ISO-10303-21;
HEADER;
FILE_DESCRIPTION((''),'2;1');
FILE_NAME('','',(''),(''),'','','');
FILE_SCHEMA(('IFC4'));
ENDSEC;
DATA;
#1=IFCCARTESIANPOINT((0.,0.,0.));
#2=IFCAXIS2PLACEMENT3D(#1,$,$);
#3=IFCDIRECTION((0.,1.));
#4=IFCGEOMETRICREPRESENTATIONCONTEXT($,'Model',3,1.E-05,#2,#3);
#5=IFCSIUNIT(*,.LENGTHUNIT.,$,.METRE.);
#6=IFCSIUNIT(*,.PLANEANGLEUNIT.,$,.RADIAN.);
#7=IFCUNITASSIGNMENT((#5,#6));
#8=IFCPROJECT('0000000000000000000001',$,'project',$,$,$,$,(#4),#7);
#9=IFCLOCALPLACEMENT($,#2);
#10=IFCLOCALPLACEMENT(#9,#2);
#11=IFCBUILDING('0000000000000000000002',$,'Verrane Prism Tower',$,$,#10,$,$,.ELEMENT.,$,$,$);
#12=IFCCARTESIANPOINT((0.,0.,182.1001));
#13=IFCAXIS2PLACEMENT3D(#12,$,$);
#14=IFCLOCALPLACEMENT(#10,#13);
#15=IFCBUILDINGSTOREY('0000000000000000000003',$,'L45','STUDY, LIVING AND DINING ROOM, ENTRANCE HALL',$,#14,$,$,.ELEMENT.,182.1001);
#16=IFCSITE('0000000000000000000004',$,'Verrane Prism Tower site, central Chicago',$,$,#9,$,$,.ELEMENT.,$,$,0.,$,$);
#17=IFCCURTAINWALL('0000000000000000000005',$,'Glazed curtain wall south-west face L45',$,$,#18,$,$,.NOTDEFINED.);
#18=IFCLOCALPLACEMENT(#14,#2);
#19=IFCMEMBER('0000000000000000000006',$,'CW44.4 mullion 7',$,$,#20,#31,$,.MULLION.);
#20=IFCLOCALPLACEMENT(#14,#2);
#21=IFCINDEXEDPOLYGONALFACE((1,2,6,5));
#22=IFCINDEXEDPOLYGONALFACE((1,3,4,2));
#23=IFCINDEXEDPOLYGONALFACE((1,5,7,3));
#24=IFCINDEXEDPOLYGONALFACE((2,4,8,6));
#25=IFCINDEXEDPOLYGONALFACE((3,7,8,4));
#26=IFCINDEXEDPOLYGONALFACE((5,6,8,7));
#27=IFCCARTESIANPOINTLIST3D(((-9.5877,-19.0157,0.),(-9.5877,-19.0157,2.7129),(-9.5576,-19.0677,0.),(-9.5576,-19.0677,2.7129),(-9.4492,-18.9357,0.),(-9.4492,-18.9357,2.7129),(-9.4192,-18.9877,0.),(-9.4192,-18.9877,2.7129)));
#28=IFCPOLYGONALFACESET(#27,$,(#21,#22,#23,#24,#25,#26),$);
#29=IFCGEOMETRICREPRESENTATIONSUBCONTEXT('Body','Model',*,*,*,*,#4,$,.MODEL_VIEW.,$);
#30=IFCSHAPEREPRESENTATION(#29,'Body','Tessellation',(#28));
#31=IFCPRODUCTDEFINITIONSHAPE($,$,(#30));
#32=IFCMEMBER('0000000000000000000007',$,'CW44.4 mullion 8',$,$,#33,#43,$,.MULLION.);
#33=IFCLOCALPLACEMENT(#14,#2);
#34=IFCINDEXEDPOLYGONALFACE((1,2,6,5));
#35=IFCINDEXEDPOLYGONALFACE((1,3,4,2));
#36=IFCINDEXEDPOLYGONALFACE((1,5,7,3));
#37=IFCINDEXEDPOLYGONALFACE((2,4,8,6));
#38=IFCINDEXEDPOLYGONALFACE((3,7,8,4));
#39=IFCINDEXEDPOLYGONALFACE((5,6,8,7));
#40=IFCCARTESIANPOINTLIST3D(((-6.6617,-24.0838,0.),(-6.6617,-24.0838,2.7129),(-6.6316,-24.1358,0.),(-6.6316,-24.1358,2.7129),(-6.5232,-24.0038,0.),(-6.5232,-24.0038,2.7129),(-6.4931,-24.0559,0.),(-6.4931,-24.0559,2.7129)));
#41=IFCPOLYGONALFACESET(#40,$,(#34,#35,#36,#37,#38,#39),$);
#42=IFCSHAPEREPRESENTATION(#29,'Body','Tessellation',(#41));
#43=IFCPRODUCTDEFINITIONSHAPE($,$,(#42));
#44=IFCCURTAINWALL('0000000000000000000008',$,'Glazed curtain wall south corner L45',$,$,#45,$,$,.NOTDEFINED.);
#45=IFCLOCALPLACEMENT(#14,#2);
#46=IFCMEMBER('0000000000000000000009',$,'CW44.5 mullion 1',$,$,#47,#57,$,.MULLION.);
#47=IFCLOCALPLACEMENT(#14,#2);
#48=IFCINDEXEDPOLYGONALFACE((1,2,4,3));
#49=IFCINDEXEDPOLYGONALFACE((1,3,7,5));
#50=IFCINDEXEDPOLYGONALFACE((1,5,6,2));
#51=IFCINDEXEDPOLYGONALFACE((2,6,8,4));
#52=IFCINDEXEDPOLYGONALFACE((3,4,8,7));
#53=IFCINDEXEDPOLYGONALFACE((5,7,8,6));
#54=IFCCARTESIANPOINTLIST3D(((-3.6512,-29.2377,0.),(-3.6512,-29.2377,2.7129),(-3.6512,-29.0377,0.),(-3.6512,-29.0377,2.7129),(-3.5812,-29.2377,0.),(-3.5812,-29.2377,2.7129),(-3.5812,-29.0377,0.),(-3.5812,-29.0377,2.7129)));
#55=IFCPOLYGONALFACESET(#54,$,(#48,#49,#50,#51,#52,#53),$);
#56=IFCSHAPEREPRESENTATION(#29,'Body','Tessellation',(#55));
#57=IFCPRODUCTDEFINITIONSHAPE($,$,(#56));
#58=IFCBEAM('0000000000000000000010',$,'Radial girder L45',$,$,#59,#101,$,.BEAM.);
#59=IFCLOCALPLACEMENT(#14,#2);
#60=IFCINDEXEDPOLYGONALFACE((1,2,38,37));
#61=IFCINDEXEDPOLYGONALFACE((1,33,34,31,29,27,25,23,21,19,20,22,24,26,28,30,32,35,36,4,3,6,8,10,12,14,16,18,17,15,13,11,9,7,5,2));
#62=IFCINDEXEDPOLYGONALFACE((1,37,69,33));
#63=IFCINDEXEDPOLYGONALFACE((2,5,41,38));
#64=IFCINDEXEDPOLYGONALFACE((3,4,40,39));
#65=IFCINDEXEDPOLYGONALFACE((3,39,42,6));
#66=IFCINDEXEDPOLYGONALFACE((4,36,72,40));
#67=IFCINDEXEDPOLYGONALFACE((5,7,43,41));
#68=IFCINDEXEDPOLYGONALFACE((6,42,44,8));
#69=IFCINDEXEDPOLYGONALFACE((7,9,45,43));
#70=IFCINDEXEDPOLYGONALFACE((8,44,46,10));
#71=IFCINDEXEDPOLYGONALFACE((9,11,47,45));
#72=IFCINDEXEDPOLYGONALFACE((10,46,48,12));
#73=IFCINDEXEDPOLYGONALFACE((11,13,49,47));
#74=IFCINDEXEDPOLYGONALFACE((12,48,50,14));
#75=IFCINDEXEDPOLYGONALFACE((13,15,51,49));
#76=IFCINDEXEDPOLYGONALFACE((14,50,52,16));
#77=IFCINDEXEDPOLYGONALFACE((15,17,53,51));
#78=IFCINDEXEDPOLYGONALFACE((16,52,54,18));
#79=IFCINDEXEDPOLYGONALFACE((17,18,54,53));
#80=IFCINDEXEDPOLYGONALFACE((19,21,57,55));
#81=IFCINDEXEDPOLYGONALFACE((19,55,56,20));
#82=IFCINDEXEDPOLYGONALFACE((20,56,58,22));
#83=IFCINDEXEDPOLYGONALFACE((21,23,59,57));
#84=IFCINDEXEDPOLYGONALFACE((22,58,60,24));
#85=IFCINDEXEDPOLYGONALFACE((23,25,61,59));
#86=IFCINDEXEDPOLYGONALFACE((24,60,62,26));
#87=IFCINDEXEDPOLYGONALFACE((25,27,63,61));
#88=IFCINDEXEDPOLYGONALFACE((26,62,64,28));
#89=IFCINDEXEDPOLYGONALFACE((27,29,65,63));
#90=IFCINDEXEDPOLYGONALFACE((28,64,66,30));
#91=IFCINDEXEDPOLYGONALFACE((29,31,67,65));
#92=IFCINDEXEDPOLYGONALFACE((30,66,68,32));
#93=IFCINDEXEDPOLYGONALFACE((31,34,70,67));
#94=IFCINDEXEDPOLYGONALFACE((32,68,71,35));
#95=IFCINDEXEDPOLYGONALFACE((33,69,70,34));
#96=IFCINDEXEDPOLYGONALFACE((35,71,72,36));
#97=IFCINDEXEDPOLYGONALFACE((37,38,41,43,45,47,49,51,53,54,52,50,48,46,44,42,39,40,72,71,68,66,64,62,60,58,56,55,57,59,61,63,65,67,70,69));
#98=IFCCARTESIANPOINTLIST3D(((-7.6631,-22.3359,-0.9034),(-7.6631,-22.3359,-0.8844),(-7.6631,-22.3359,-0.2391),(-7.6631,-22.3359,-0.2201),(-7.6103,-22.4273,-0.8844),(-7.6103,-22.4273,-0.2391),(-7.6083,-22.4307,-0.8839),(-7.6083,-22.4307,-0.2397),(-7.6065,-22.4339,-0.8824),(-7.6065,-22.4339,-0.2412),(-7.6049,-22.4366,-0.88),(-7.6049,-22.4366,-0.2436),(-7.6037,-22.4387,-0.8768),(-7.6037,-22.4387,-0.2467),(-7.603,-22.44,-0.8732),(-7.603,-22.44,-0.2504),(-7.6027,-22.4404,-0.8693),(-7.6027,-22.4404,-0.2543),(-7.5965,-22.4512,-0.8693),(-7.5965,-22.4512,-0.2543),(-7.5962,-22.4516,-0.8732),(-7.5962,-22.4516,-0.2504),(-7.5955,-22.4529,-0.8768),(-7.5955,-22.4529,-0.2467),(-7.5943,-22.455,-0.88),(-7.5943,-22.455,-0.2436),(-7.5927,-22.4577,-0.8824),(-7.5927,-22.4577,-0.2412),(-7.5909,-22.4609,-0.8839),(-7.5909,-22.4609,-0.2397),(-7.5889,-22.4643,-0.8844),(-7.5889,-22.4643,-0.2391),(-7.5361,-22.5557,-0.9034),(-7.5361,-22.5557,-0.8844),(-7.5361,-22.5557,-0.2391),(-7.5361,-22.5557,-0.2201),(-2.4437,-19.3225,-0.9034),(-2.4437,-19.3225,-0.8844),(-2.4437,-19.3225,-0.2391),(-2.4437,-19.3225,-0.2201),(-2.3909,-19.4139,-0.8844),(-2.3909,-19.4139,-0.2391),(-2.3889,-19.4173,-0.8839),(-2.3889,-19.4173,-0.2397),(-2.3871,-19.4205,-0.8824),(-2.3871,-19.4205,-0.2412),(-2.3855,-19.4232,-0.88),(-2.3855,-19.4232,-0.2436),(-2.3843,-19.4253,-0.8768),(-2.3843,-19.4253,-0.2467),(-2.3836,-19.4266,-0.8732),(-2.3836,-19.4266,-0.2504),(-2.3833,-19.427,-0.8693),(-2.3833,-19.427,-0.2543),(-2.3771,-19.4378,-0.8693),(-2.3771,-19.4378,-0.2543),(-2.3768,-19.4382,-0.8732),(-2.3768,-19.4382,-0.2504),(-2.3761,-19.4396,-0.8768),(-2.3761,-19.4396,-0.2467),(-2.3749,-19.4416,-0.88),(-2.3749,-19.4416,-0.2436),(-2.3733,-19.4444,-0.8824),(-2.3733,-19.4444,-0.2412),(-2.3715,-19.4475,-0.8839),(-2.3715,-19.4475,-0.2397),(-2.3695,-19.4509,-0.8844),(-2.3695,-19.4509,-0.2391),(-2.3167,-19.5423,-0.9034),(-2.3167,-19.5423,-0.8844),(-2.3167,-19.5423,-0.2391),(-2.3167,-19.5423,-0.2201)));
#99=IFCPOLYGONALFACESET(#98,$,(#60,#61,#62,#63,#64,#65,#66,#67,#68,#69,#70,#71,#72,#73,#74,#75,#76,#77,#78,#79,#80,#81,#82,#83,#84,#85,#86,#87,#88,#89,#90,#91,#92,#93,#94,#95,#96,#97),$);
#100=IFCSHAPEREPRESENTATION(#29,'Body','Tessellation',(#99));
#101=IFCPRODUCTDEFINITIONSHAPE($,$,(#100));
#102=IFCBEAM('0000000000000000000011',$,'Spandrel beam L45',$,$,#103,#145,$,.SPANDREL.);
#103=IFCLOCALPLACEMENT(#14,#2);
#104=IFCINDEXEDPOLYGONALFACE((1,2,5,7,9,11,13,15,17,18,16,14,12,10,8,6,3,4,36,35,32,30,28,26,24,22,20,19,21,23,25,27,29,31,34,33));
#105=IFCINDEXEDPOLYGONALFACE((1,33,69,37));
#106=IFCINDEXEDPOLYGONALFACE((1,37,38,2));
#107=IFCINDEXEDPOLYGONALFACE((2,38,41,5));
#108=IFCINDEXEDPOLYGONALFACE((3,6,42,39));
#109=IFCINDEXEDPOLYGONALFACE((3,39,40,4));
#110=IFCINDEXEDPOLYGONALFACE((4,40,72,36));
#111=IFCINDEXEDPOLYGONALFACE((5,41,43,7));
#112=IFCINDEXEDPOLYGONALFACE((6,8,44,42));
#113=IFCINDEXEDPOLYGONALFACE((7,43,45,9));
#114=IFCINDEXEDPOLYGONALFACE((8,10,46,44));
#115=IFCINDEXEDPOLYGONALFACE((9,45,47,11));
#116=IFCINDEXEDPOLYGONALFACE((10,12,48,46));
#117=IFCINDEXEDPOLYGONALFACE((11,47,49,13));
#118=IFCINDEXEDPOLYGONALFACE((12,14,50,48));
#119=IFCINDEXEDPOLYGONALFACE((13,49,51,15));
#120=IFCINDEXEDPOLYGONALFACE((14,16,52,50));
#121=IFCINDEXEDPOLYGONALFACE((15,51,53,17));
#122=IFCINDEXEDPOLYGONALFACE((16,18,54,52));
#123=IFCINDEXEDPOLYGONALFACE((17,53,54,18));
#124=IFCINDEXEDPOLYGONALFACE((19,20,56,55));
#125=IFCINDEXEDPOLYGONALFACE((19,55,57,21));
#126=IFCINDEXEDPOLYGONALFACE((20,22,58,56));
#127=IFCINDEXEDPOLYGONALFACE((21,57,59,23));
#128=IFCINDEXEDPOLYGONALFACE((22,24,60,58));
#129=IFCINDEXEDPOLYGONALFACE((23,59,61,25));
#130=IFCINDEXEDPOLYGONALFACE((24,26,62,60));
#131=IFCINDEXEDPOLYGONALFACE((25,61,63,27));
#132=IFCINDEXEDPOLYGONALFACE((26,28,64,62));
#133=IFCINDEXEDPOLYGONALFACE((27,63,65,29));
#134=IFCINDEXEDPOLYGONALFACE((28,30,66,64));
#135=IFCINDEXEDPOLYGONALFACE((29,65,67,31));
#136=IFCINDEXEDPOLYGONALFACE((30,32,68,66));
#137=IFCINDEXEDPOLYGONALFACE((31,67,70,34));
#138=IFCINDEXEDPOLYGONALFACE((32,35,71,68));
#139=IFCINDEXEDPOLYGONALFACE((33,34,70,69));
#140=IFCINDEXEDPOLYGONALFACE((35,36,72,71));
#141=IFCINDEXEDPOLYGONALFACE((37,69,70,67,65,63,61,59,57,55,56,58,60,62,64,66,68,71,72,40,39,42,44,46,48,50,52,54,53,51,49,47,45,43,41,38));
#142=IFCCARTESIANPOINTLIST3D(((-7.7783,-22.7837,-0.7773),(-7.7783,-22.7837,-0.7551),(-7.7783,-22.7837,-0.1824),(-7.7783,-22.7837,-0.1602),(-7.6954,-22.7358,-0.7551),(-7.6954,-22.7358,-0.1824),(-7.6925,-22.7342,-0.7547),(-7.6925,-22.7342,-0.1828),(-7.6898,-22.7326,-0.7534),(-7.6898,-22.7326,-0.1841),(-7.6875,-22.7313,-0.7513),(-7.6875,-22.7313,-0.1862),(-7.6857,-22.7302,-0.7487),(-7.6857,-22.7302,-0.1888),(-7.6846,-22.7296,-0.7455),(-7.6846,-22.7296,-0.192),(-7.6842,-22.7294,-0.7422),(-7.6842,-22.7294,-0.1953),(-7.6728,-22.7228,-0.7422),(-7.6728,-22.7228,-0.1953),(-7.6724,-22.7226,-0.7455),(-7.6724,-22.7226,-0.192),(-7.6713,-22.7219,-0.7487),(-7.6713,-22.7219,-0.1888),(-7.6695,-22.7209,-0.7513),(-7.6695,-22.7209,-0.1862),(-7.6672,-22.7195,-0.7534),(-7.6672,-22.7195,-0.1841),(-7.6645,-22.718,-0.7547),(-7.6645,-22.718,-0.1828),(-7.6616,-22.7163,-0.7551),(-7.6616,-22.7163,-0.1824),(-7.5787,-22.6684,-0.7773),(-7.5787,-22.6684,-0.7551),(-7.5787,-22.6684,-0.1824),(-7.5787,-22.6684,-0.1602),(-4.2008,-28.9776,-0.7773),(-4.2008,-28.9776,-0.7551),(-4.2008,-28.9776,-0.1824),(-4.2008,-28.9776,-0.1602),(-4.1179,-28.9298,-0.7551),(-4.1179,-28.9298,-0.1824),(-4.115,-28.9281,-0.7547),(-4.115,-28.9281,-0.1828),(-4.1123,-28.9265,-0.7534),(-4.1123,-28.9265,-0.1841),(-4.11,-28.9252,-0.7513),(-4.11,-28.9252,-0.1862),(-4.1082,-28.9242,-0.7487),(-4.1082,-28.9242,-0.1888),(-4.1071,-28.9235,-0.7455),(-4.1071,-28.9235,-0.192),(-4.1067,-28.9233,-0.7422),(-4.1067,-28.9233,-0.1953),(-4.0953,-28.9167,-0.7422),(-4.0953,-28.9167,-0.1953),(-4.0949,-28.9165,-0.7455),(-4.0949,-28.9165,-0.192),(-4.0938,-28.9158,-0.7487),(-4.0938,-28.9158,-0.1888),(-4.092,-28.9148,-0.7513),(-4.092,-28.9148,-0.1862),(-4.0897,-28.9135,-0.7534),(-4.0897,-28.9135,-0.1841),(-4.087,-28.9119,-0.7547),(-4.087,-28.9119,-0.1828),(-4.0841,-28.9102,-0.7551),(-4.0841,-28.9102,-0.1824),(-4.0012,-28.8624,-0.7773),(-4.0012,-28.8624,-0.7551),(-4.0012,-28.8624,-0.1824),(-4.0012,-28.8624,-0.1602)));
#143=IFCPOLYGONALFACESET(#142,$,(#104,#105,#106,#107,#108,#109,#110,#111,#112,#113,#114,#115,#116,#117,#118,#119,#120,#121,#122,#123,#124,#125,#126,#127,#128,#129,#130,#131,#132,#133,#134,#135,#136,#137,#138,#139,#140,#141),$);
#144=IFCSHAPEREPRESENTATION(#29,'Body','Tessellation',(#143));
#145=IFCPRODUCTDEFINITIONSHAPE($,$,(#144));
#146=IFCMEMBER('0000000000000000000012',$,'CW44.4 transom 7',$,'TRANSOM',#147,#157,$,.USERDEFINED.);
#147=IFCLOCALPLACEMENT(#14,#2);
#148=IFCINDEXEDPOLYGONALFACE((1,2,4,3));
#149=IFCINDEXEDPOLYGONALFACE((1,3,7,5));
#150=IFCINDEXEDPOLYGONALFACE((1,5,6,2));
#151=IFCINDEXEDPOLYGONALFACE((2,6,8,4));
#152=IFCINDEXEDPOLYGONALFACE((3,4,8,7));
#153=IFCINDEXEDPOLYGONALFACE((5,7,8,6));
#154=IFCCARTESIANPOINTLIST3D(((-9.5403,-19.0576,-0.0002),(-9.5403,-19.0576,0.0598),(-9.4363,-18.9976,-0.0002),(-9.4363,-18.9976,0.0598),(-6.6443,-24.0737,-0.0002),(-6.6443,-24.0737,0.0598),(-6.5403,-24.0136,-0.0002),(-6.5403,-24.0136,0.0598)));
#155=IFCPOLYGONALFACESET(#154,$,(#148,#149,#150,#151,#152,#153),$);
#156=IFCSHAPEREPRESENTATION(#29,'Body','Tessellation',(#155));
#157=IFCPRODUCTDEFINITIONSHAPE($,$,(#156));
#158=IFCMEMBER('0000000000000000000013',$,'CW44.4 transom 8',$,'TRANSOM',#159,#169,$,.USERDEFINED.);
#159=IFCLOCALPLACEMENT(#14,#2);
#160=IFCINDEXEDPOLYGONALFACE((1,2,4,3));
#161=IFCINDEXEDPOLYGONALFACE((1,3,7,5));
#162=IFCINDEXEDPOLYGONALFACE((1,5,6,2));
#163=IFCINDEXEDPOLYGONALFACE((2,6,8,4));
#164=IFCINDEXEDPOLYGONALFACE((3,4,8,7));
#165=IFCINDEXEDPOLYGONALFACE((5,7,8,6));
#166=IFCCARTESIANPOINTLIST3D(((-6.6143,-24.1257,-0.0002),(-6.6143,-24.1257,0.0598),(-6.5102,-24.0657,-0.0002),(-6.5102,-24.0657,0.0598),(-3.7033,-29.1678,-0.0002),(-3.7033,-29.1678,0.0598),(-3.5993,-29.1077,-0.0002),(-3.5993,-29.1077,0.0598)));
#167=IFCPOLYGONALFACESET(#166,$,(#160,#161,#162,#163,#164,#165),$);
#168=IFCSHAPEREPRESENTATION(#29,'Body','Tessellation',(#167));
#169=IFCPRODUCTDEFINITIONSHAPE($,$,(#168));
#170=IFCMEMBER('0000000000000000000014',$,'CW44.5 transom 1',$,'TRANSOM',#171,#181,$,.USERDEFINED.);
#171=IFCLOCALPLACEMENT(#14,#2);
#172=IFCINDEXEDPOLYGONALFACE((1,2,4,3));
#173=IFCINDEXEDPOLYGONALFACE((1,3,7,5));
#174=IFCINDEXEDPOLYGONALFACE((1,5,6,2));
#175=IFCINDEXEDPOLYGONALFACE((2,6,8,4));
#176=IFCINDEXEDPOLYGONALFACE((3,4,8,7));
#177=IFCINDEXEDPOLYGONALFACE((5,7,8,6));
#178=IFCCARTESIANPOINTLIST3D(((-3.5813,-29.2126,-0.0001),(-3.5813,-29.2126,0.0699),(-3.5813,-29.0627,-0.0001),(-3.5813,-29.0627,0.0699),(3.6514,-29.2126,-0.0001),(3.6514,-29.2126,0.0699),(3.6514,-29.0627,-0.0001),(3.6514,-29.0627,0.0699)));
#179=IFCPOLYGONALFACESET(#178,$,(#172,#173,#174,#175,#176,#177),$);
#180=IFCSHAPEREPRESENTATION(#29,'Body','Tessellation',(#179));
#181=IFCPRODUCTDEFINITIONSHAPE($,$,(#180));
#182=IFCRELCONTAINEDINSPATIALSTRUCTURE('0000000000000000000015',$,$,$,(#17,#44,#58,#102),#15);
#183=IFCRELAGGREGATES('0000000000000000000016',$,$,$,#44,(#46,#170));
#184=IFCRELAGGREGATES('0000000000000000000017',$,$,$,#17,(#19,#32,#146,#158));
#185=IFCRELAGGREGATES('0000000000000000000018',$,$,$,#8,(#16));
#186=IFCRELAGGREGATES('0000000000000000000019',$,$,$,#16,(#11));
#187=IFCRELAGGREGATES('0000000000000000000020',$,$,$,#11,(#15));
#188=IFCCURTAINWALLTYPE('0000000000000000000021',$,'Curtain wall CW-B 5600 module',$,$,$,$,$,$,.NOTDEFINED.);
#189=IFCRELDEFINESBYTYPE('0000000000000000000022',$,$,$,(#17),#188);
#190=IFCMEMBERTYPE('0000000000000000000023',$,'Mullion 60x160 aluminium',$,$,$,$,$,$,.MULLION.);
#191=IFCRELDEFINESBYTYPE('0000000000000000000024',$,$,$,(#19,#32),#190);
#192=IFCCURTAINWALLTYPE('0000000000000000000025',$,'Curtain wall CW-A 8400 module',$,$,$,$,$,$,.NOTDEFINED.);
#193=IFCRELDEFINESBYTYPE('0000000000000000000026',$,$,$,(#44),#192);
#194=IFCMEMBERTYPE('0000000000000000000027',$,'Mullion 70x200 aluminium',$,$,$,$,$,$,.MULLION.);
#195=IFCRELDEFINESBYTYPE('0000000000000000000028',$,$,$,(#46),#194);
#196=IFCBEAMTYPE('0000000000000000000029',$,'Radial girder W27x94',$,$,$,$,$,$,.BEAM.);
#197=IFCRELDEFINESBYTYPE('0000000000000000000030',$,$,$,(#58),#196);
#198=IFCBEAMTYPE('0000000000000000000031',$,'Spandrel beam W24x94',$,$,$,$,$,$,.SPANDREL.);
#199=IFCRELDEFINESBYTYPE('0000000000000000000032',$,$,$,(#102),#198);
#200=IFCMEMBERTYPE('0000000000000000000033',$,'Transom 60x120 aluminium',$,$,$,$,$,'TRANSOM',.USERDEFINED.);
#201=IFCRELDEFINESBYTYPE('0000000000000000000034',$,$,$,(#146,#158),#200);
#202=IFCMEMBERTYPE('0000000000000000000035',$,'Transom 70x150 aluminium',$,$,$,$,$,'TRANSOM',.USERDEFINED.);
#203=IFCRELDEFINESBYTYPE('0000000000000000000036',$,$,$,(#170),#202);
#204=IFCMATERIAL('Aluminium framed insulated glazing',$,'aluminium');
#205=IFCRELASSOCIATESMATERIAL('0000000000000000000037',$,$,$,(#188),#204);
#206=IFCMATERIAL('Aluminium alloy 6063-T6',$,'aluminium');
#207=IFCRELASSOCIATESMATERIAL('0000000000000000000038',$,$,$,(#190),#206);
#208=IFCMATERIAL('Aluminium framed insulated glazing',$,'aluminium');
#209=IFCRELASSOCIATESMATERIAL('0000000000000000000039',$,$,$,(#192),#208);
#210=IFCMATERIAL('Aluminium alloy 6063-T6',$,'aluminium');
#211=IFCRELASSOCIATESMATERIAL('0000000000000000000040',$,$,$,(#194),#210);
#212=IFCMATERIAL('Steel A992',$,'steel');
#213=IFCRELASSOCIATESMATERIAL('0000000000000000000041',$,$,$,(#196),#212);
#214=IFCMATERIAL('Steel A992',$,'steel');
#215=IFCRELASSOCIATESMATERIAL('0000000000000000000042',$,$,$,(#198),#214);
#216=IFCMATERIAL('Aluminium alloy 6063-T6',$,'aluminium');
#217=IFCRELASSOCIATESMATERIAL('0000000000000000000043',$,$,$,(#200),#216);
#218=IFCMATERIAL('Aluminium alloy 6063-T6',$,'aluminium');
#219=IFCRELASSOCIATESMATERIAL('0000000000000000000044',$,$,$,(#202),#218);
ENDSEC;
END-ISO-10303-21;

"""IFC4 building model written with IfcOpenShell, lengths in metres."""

from ifc_helpers import new_model, si_unit, direction, frame, origin, origin_2d, place, context, subcontext, project, spatial, rectangle, i_section, extrude, material, material_profile, profile_set, type_object, element, aggregate, save


model = new_model("IFC4")

# Units and contexts
model_context = context("Model", 3, precision=1e-05, world=origin(), true_north=direction((0.0, 1.0)))
body_context = subcontext(model_context, "Body", "Model", "MODEL_VIEW")
ifc_project = project(units=[si_unit("LENGTHUNIT", "METRE"), si_unit("PLANEANGLEUNIT", "RADIAN")], contexts=[model_context])

# Site, building, storey
site_placement = place(None, origin())
site = spatial("IfcSite", under=ifc_project, at=site_placement, Name="Verrane Prism Tower site, central Chicago", CompositionType="ELEMENT", RefElevation=0.0)
building_placement = place(site_placement, origin())
building = spatial("IfcBuilding", under=site, at=building_placement, Name="Verrane Prism Tower", CompositionType="ELEMENT")
storey_placement = place(building_placement, frame((0.0, 0.0, 182.1001)))
storey = spatial("IfcBuildingStorey", under=building, at=storey_placement, Name="L45", Description="STUDY, LIVING AND DINING ROOM, ENTRANCE HALL", CompositionType="ELEMENT", Elevation=182.1001)

# Curtain wall, members
ifc_material_1 = material(Name="Aluminium framed insulated glazing", Category="aluminium")
curtain_wall_type_1 = type_object("IfcCurtainWallType", Name="Curtain wall CW-B 5600 module", PredefinedType="NOTDEFINED", material=ifc_material_1)
curtain_wall_1_placement = place(storey_placement, origin())
curtain_wall_1 = element("IfcCurtainWall", 1, at=curtain_wall_1_placement, inside=storey, type_object=curtain_wall_type_1, Name="Glazed curtain wall south-west face L45", PredefinedType="NOTDEFINED")
ifc_material_2 = material(Name="Aluminium alloy 6063-T6", Category="aluminium")
ifc_material_profile_1 = material_profile(ifc_material_2, rectangle(XDim=0.1599, YDim=0.0601, at=origin_2d()), Name="Mullion 60x160 aluminium")
ifc_profile_set_1 = profile_set([ifc_material_profile_1], Name="Aluminium alloy 6063-T6")
member_type_1 = type_object("IfcMemberType", Name="Mullion 60x160 aluminium", PredefinedType="MULLION", material=ifc_profile_set_1)
member_1_placement = place(storey_placement, frame((-9.5034, -19.0017, 0.0), z_axis=(0.0, 0.0, 1.0), x_axis=(0.866026, 0.499999, 0.0)))
member_1 = element("IfcMember", 2, at=member_1_placement, type_object=member_type_1, Name="CW44.4 mullion 7", PredefinedType="MULLION", context=body_context, shape_type="SweptSolid", body=[
    extrude(rectangle(XDim=0.1599, YDim=0.0601, at=origin_2d()), origin(), (0.0, 0.0, 1.0), 2.7129),
])
member_2_placement = place(storey_placement, frame((-6.5774, -24.0698, 0.0), z_axis=(0.0, 0.0, 1.0), x_axis=(0.866026, 0.499999, 0.0)))
member_2 = element("IfcMember", 3, at=member_2_placement, type_object=member_type_1, Name="CW44.4 mullion 8", PredefinedType="MULLION", context=body_context, shape_type="SweptSolid", body=[
    extrude(rectangle(XDim=0.1599, YDim=0.0601, at=origin_2d()), origin(), (0.0, 0.0, 1.0), 2.7129),
])

# Curtain wall, member
ifc_material_3 = material(Name="Aluminium framed insulated glazing", Category="aluminium")
curtain_wall_type_2 = type_object("IfcCurtainWallType", Name="Curtain wall CW-A 8400 module", PredefinedType="NOTDEFINED", material=ifc_material_3)
curtain_wall_2_placement = place(storey_placement, origin())
curtain_wall_2 = element("IfcCurtainWall", 4, at=curtain_wall_2_placement, inside=storey, type_object=curtain_wall_type_2, Name="Glazed curtain wall south corner L45", PredefinedType="NOTDEFINED")
ifc_material_4 = material(Name="Aluminium alloy 6063-T6", Category="aluminium")
ifc_material_profile_2 = material_profile(ifc_material_4, rectangle(XDim=0.2, YDim=0.0701, at=origin_2d()), Name="Mullion 70x200 aluminium")
ifc_profile_set_2 = profile_set([ifc_material_profile_2], Name="Aluminium alloy 6063-T6")
member_type_2 = type_object("IfcMemberType", Name="Mullion 70x200 aluminium", PredefinedType="MULLION", material=ifc_profile_set_2)
member_3_placement = place(storey_placement, frame((-3.6162, -29.1377, 0.0), z_axis=(0.0, 0.0, 1.0), x_axis=(0.0, 1.0, 0.0)))
member_3 = element("IfcMember", 5, at=member_3_placement, type_object=member_type_2, Name="CW44.5 mullion 1", PredefinedType="MULLION", context=body_context, shape_type="SweptSolid", body=[
    extrude(rectangle(XDim=0.2, YDim=0.0701, at=origin_2d()), origin(), (0.0, 0.0, 1.0), 2.7129),
])

# Beams
ifc_material_5 = material(Name="Steel A992", Category="steel")
ifc_material_profile_3 = material_profile(ifc_material_5, i_section(OverallWidth=0.2539, OverallDepth=0.6833, WebThickness=0.0125, FlangeThickness=0.019, FilletRadius=0.0151, at=origin_2d()), Name="W27x94")
ifc_profile_set_3 = profile_set([ifc_material_profile_3], Name="Steel A992")
beam_type_1 = type_object("IfcBeamType", Name="Radial girder W27x94", PredefinedType="BEAM", material=ifc_profile_set_3)
beam_1_placement = place(storey_placement, frame((-7.5996, -22.4458, -0.5618), z_axis=(0.866028, 0.499995, 0.0), x_axis=(-0.499995, 0.866028, 0.0)))
element("IfcBeam", 6, at=beam_1_placement, inside=storey, type_object=beam_type_1, Name="Radial girder L45", PredefinedType="BEAM", context=body_context, shape_type="SweptSolid", body=[
    extrude(i_section(OverallWidth=0.2539, OverallDepth=0.6833, WebThickness=0.0125, FlangeThickness=0.019, FilletRadius=0.0151, at=origin_2d()), origin(), (0.0, 0.0, 1.0), 6.0269),
])
ifc_material_6 = material(Name="Steel A992", Category="steel")
ifc_material_profile_4 = material_profile(ifc_material_6, i_section(OverallWidth=0.2305, OverallDepth=0.6172, WebThickness=0.0132, FlangeThickness=0.0222, FilletRadius=0.0129, at=origin_2d()), Name="W24x94")
ifc_profile_set_4 = profile_set([ifc_material_profile_4], Name="Steel A992")
beam_type_2 = type_object("IfcBeamType", Name="Spandrel beam W24x94", PredefinedType="SPANDREL", material=ifc_profile_set_4)
beam_2_placement = place(storey_placement, frame((-7.6785, -22.7261, -0.4688), z_axis=(0.500144, -0.865942, 0.0), x_axis=(0.865942, 0.500144, 0.0)))
element("IfcBeam", 7, at=beam_2_placement, inside=storey, type_object=beam_type_2, Name="Spandrel beam L45", PredefinedType="SPANDREL", context=body_context, shape_type="SweptSolid", body=[
    extrude(i_section(OverallWidth=0.2305, OverallDepth=0.6172, WebThickness=0.0132, FlangeThickness=0.0222, FilletRadius=0.0129, at=origin_2d()), origin(), (0.0, 0.0, 1.0), 7.1528),
])

# Members
ifc_material_7 = material(Name="Aluminium alloy 6063-T6", Category="aluminium")
ifc_material_profile_5 = material_profile(ifc_material_7, rectangle(XDim=0.1201, YDim=0.0601, at=origin_2d()), Name="Transom 60x120 aluminium")
ifc_profile_set_5 = profile_set([ifc_material_profile_5], Name="Aluminium alloy 6063-T6")
member_type_3 = type_object("IfcMemberType", Name="Transom 60x120 aluminium", ElementType="TRANSOM", PredefinedType="USERDEFINED", material=ifc_profile_set_5)
member_4_placement = place(storey_placement, frame((-9.4883, -19.0276, 0.0298), z_axis=(0.499992, -0.86603, 0.0), x_axis=(0.86603, 0.499992, 0.0)))
member_4 = element("IfcMember", 8, at=member_4_placement, type_object=member_type_3, Name="CW44.4 transom 7", ObjectType="TRANSOM", PredefinedType="USERDEFINED", context=body_context, shape_type="SweptSolid", body=[
    extrude(rectangle(XDim=0.1201, YDim=0.0601, at=origin_2d()), origin(), (0.0, 0.0, 1.0), 5.792),
])
member_5_placement = place(storey_placement, frame((-6.5623, -24.0957, 0.0298), z_axis=(0.499986, -0.866033, 0.0), x_axis=(0.866033, 0.499986, 0.0)))
member_5 = element("IfcMember", 9, at=member_5_placement, type_object=member_type_3, Name="CW44.4 transom 8", ObjectType="TRANSOM", PredefinedType="USERDEFINED", context=body_context, shape_type="SweptSolid", body=[
    extrude(rectangle(XDim=0.1201, YDim=0.0601, at=origin_2d()), origin(), (0.0, 0.0, 1.0), 5.822),
])
ifc_material_8 = material(Name="Aluminium alloy 6063-T6", Category="aluminium")
ifc_material_profile_6 = material_profile(ifc_material_8, rectangle(XDim=0.1499, YDim=0.0701, at=origin_2d()), Name="Transom 70x150 aluminium")
ifc_profile_set_6 = profile_set([ifc_material_profile_6], Name="Aluminium alloy 6063-T6")
member_type_4 = type_object("IfcMemberType", Name="Transom 70x150 aluminium", ElementType="TRANSOM", PredefinedType="USERDEFINED", material=ifc_profile_set_6)
member_6_placement = place(storey_placement, frame((-3.5813, -29.1377, 0.0349), z_axis=(1.0, 0.0, 0.0), x_axis=(0.0, 1.0, 0.0)))
member_6 = element("IfcMember", 10, at=member_6_placement, type_object=member_type_4, Name="CW44.5 transom 1", ObjectType="TRANSOM", PredefinedType="USERDEFINED", context=body_context, shape_type="SweptSolid", body=[
    extrude(rectangle(XDim=0.1499, YDim=0.0701, at=origin_2d()), origin(), (0.0, 0.0, 1.0), 7.2327),
])
aggregate(curtain_wall_2, [member_3, member_6])

aggregate(curtain_wall_1, [member_1, member_2, member_4, member_5])

save(model, "model.ifc")
